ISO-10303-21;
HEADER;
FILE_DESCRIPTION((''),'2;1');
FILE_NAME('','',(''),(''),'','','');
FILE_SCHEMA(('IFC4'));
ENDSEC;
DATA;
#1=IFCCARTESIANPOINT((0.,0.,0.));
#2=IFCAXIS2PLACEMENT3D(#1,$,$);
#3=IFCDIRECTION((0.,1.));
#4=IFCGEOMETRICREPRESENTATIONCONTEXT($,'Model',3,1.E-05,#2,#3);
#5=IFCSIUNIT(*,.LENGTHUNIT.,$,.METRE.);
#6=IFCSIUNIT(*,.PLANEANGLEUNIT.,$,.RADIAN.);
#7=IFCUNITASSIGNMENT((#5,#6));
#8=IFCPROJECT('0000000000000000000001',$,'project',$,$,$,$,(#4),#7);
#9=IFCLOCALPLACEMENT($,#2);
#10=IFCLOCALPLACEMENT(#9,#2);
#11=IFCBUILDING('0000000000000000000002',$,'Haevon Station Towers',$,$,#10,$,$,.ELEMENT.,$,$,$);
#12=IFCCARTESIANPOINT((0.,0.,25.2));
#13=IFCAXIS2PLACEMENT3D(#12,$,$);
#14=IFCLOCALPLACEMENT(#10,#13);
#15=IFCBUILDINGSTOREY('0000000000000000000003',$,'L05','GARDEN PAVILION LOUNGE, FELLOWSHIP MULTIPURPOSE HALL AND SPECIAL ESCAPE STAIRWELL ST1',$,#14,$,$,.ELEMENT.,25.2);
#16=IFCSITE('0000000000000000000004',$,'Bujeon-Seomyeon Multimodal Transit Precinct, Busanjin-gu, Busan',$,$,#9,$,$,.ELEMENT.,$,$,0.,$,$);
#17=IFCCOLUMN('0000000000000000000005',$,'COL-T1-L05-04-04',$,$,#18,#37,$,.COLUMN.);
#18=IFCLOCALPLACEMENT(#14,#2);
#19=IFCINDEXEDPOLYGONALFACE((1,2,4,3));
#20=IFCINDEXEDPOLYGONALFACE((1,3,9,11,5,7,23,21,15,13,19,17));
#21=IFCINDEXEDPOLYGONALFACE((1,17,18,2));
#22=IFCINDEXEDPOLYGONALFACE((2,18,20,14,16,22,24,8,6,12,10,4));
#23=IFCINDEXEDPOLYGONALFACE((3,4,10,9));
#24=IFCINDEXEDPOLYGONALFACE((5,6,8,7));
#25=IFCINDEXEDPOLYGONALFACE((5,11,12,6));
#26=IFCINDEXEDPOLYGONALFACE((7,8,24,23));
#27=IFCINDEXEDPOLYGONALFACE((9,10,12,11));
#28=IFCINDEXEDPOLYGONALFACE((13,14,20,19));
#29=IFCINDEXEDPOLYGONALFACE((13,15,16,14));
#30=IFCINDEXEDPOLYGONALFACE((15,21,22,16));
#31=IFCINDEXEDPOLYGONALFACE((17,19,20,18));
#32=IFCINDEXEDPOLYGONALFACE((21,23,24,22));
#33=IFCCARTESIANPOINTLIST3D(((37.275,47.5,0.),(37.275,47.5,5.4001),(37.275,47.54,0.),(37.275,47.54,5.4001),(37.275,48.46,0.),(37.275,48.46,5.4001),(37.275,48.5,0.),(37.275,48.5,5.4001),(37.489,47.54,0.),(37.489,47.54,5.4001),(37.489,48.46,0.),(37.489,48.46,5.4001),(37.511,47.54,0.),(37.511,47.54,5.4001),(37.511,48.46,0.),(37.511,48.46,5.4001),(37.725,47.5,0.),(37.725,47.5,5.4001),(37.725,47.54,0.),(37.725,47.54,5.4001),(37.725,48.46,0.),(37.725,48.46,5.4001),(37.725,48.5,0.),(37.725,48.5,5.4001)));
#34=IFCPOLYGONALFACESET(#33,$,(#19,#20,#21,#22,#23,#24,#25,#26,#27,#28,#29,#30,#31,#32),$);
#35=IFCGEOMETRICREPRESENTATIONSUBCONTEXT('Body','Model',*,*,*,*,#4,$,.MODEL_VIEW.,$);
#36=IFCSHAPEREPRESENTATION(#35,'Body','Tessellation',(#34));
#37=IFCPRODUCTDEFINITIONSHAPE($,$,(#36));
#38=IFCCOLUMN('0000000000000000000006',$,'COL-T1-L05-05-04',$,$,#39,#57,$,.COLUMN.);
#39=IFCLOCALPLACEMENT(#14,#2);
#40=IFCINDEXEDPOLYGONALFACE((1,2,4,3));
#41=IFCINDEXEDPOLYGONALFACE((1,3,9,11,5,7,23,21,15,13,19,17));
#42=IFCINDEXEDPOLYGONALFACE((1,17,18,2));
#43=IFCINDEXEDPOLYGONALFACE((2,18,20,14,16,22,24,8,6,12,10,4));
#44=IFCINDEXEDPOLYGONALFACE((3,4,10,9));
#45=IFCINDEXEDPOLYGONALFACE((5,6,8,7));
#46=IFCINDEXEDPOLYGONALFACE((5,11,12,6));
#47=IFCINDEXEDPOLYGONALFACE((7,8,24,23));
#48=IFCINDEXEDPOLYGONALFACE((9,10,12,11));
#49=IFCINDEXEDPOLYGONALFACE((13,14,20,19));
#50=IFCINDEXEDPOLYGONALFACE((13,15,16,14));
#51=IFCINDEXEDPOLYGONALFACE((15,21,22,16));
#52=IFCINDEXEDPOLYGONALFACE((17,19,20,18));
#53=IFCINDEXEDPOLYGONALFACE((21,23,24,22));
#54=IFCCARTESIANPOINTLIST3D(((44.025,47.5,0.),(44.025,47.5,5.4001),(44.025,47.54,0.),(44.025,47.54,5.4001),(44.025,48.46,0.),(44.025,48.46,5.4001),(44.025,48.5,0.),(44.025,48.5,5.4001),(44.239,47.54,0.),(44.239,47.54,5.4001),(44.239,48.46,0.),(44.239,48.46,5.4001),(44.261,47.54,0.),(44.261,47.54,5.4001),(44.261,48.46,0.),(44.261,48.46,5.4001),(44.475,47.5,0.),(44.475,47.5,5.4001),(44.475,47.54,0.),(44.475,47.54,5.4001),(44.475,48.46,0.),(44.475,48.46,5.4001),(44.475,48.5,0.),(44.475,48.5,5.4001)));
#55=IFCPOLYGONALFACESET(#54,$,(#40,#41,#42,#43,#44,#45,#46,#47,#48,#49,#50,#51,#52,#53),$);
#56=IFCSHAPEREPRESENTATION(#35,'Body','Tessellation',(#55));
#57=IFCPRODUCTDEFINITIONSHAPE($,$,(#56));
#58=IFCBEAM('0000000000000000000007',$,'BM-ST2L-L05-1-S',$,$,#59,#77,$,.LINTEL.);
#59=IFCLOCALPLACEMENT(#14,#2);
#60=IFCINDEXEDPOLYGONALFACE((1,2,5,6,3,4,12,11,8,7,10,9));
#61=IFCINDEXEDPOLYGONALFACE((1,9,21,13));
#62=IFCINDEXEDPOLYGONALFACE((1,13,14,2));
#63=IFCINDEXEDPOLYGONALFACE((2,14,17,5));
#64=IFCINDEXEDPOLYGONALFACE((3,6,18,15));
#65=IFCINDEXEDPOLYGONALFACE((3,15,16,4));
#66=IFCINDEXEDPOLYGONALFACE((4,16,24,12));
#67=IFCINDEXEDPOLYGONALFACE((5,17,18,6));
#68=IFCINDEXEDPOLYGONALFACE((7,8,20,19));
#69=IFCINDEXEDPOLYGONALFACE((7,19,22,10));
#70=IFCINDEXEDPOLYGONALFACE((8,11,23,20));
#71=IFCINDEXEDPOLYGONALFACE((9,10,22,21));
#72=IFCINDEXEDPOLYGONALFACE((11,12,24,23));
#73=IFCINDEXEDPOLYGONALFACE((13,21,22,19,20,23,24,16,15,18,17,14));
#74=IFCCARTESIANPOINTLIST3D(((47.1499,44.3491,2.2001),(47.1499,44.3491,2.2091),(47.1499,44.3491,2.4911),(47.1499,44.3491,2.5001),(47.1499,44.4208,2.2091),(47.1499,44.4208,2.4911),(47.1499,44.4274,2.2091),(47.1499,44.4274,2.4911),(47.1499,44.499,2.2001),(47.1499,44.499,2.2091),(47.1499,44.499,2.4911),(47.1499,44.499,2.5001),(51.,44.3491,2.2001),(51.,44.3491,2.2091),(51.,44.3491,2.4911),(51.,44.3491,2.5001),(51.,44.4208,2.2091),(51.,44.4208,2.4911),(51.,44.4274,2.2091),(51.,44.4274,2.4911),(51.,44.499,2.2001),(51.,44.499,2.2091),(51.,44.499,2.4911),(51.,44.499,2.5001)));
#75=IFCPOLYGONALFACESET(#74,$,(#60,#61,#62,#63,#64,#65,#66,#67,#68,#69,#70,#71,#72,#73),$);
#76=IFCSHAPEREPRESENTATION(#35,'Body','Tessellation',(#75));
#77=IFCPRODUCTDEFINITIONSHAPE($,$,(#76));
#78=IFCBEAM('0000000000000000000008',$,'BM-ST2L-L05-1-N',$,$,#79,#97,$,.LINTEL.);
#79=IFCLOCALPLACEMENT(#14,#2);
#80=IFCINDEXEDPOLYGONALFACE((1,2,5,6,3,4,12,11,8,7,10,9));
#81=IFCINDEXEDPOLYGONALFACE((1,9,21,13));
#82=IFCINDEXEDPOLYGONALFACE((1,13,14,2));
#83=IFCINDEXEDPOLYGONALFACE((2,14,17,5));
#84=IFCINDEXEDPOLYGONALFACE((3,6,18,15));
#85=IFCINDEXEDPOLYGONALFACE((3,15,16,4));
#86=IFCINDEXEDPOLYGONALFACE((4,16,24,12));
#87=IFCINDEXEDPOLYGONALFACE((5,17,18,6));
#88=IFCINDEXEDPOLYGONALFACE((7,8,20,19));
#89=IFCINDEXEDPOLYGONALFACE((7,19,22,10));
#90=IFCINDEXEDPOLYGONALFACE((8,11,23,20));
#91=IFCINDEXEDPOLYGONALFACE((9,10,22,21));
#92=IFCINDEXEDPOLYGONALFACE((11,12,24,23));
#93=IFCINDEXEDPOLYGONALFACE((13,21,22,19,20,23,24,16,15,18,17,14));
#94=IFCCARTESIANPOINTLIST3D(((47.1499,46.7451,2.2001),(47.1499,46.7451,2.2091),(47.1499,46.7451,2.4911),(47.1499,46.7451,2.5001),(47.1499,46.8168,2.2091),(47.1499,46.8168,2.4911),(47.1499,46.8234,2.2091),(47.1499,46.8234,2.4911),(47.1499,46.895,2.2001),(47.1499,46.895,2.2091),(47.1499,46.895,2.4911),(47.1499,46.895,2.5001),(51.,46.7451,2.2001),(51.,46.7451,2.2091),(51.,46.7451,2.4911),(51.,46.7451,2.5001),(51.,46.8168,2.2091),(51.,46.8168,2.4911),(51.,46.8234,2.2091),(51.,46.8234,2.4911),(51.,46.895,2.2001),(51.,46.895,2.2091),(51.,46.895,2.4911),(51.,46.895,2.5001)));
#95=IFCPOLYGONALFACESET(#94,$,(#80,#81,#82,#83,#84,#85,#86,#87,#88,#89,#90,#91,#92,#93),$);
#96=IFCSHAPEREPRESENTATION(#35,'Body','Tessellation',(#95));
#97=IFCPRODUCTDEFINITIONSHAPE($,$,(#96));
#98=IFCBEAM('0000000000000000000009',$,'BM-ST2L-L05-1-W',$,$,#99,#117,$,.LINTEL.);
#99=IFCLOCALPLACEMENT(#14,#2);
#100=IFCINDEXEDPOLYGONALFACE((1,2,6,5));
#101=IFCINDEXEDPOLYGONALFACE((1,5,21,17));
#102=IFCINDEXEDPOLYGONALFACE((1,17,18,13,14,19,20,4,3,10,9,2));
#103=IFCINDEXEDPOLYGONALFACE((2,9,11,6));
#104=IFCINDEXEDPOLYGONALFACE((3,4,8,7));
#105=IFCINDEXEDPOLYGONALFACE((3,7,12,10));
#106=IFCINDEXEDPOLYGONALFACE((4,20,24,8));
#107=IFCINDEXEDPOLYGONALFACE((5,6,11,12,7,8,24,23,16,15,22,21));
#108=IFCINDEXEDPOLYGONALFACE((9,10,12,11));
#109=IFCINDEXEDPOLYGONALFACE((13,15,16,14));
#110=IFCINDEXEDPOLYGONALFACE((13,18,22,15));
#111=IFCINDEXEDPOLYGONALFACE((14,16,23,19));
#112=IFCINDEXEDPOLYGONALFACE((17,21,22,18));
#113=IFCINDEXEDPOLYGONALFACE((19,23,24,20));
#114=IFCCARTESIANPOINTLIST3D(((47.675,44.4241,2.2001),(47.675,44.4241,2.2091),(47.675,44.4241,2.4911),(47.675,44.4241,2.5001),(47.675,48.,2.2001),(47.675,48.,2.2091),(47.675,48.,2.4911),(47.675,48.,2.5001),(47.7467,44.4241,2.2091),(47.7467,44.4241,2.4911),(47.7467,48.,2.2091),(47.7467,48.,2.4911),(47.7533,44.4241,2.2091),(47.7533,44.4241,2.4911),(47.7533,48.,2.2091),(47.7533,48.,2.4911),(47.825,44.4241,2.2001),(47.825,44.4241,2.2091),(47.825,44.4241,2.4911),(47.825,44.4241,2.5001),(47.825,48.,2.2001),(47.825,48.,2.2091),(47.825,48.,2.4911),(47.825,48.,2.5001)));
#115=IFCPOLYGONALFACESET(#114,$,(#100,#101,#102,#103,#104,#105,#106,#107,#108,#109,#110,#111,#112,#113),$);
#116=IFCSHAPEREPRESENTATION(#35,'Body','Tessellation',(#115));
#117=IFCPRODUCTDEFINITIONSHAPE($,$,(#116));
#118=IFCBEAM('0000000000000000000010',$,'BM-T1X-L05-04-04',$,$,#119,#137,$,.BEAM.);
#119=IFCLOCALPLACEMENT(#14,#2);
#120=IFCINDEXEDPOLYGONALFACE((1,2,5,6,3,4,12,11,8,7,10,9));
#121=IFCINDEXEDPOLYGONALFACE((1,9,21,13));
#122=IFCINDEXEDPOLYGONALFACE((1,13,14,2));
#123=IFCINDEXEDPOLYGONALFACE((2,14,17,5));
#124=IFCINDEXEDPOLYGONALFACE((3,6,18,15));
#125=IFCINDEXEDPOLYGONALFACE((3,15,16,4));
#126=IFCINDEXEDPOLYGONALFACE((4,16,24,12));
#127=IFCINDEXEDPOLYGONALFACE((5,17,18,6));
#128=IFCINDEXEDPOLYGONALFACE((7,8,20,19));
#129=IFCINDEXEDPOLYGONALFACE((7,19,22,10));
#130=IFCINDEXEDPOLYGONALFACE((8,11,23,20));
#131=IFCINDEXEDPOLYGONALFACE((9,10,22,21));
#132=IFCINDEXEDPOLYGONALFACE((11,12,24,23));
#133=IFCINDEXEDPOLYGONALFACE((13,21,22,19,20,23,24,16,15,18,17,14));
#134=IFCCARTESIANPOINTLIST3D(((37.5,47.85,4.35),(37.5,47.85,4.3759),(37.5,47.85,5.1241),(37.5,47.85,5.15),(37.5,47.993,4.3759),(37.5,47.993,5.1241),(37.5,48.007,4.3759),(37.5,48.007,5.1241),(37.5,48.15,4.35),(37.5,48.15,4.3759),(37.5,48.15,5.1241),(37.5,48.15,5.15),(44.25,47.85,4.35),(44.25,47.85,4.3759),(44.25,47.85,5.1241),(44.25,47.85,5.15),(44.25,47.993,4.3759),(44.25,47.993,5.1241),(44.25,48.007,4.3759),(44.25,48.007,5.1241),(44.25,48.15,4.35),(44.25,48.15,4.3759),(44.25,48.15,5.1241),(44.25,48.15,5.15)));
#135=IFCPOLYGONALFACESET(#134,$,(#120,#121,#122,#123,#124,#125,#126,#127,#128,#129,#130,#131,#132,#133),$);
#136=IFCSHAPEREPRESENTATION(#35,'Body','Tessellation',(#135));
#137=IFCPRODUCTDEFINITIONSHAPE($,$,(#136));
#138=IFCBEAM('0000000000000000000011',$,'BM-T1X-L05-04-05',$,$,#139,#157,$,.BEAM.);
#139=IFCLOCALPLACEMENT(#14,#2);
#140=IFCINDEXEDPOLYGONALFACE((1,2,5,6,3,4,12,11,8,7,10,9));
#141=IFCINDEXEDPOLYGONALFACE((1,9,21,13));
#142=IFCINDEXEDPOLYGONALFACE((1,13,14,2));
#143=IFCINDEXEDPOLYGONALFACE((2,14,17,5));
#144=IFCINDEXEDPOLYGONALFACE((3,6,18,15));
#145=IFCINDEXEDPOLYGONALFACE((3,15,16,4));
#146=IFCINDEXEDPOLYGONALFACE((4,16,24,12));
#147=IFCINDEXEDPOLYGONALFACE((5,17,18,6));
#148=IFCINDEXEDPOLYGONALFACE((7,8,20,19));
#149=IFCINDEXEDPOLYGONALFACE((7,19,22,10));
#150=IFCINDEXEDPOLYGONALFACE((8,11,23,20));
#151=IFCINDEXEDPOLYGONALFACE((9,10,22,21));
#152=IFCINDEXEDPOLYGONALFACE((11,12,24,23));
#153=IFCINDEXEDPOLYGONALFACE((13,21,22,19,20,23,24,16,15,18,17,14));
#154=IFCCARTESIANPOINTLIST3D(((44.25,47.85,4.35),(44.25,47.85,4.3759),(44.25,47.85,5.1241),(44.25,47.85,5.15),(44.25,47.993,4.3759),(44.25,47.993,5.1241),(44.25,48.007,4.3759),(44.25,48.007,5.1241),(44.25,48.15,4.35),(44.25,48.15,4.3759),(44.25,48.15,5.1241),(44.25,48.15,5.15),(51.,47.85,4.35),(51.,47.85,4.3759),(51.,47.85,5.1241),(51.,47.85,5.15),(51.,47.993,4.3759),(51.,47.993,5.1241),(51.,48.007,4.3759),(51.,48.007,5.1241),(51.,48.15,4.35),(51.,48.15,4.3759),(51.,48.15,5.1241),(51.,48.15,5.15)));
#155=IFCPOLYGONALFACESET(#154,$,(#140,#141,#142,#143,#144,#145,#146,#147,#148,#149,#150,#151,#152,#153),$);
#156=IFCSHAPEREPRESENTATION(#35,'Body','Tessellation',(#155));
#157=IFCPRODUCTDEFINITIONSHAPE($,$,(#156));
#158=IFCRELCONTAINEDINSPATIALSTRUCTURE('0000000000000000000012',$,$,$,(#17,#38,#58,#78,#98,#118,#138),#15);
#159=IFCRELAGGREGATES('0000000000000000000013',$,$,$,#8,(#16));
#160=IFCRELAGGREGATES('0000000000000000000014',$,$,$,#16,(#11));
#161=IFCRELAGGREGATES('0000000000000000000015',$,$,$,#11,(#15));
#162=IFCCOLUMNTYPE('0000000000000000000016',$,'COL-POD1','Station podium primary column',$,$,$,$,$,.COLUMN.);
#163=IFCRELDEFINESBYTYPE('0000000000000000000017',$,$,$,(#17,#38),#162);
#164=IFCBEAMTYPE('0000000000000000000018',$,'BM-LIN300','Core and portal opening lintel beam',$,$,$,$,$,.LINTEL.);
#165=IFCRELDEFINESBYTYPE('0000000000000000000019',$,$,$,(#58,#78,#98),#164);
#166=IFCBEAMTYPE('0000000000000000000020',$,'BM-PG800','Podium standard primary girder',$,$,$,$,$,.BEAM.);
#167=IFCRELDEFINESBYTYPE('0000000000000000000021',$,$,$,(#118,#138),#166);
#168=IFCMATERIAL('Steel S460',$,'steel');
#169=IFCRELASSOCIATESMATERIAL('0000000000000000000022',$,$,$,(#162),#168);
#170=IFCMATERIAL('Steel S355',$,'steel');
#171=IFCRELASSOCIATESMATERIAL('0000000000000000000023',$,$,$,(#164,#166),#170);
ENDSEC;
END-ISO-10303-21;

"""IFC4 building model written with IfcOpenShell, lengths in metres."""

from ifc_helpers import new_model, si_unit, direction, frame, origin, origin_2d, place, context, subcontext, project, spatial, i_section, extrude, material, material_profile, profile_set, type_object, element, save


model = new_model("IFC4")

# Units and contexts
model_context = context("Model", 3, precision=1e-05, world=origin(), true_north=direction((0.0, 1.0)))
body_context = subcontext(model_context, "Body", "Model", "MODEL_VIEW")
ifc_project = project(units=[si_unit("LENGTHUNIT", "METRE"), si_unit("PLANEANGLEUNIT", "RADIAN")], contexts=[model_context])

# Site, building, storey
site_placement = place(None, origin())
site = spatial("IfcSite", under=ifc_project, at=site_placement, Name="Bujeon-Seomyeon Multimodal Transit Precinct, Busanjin-gu, Busan", CompositionType="ELEMENT", RefElevation=0.0)
building_placement = place(site_placement, origin())
building = spatial("IfcBuilding", under=site, at=building_placement, Name="Haevon Station Towers", CompositionType="ELEMENT")
storey_placement = place(building_placement, frame((0.0, 0.0, 25.2)))
storey = spatial("IfcBuildingStorey", under=building, at=storey_placement, Name="L05", Description="GARDEN PAVILION LOUNGE, FELLOWSHIP MULTIPURPOSE HALL AND SPECIAL ESCAPE STAIRWELL ST1", CompositionType="ELEMENT", Elevation=25.2)

# Columns
ifc_material_1 = material(Name="Steel S460", Category="steel")
ifc_material_profile_1 = material_profile(ifc_material_1, i_section(OverallWidth=0.45, OverallDepth=1.0, WebThickness=0.022, FlangeThickness=0.04, at=origin_2d()), Name="H-1000x450x22x40")
ifc_profile_set_1 = profile_set([ifc_material_profile_1], Name="Steel S460")
column_type = type_object("IfcColumnType", Name="COL-POD1", Description="Station podium primary column", PredefinedType="COLUMN", material=ifc_profile_set_1)
for number, where, z_axis, x_axis, name in (
    (1, (37.5, 48.0, 0.0), (0.0, 0.0, 1.0), (1.0, 0.0, 0.0), "COL-T1-L05-04-04"),
    (2, (44.25, 48.0, 0.0), (0.0, 0.0, 1.0), (1.0, 0.0, 0.0), "COL-T1-L05-05-04"),
):
    element("IfcColumn", number, at=place(storey_placement, frame(where, z_axis=z_axis, x_axis=x_axis)), inside=storey, type_object=column_type, Name=name, PredefinedType="COLUMN", context=body_context, shape_type="SweptSolid", body=[
        extrude(i_section(OverallWidth=0.45, OverallDepth=1.0, WebThickness=0.022, FlangeThickness=0.04, at=origin_2d()), origin(), (0.0, 0.0, 1.0), 5.4001),
    ])

# Beams
ifc_material_2 = material(Name="Steel S355", Category="steel")
ifc_material_profile_2 = material_profile(ifc_material_2, i_section(OverallWidth=0.1499, OverallDepth=0.3, WebThickness=0.0066, FlangeThickness=0.009, at=origin_2d()), Name="H-300x150x6.5x9")
ifc_profile_set_2 = profile_set([ifc_material_profile_2], Name="Steel S355")
beam_type_1 = type_object("IfcBeamType", Name="BM-LIN300", Description="Core and portal opening lintel beam", PredefinedType="LINTEL", material=ifc_profile_set_2)
for number, where, z_axis, x_axis, name in (
    (3, (47.1499, 44.4241, 2.3501), (1.0, 0.0, 0.0), (0.0, 1.0, 0.0), "BM-ST2L-L05-1-S"),
    (4, (47.1499, 46.8201, 2.3501), (1.0, 0.0, 0.0), (0.0, 1.0, 0.0), "BM-ST2L-L05-1-N"),
):
    element("IfcBeam", number, at=place(storey_placement, frame(where, z_axis=z_axis, x_axis=x_axis)), inside=storey, type_object=beam_type_1, Name=name, PredefinedType="LINTEL", context=body_context, shape_type="SweptSolid", body=[
        extrude(i_section(OverallWidth=0.1499, OverallDepth=0.3, WebThickness=0.0066, FlangeThickness=0.009, at=origin_2d()), origin(), (0.0, 0.0, 1.0), 3.8501),
    ])
beam_placement = place(storey_placement, frame((47.75, 44.4241, 2.3501), z_axis=(0.0, 1.0, 0.0), x_axis=(-1.0, 0.0, 0.0)))
element("IfcBeam", 5, at=beam_placement, inside=storey, type_object=beam_type_1, Name="BM-ST2L-L05-1-W", PredefinedType="LINTEL", context=body_context, shape_type="SweptSolid", body=[
    extrude(i_section(OverallWidth=0.1499, OverallDepth=0.3, WebThickness=0.0066, FlangeThickness=0.009, at=origin_2d()), origin(), (0.0, 0.0, 1.0), 3.5759),
])
ifc_material_profile_3 = material_profile(ifc_material_2, i_section(OverallWidth=0.3, OverallDepth=0.8, WebThickness=0.0139, FlangeThickness=0.0259, at=origin_2d()), Name="H-800x300x14x26")
ifc_profile_set_3 = profile_set([ifc_material_profile_3], Name="Steel S355")
beam_type_2 = type_object("IfcBeamType", Name="BM-PG800", Description="Podium standard primary girder", PredefinedType="BEAM", material=ifc_profile_set_3)
for number, where, z_axis, x_axis, name in (
    (6, (37.5, 48.0, 4.75), (1.0, 0.0, 0.0), (0.0, 1.0, 0.0), "BM-T1X-L05-04-04"),
    (7, (44.25, 48.0, 4.75), (1.0, 0.0, 0.0), (0.0, 1.0, 0.0), "BM-T1X-L05-04-05"),
):
    element("IfcBeam", number, at=place(storey_placement, frame(where, z_axis=z_axis, x_axis=x_axis)), inside=storey, type_object=beam_type_2, Name=name, PredefinedType="BEAM", context=body_context, shape_type="SweptSolid", body=[
        extrude(i_section(OverallWidth=0.3, OverallDepth=0.8, WebThickness=0.0139, FlangeThickness=0.0259, at=origin_2d()), origin(), (0.0, 0.0, 1.0), 6.75),
    ])

save(model, "model.ifc")
